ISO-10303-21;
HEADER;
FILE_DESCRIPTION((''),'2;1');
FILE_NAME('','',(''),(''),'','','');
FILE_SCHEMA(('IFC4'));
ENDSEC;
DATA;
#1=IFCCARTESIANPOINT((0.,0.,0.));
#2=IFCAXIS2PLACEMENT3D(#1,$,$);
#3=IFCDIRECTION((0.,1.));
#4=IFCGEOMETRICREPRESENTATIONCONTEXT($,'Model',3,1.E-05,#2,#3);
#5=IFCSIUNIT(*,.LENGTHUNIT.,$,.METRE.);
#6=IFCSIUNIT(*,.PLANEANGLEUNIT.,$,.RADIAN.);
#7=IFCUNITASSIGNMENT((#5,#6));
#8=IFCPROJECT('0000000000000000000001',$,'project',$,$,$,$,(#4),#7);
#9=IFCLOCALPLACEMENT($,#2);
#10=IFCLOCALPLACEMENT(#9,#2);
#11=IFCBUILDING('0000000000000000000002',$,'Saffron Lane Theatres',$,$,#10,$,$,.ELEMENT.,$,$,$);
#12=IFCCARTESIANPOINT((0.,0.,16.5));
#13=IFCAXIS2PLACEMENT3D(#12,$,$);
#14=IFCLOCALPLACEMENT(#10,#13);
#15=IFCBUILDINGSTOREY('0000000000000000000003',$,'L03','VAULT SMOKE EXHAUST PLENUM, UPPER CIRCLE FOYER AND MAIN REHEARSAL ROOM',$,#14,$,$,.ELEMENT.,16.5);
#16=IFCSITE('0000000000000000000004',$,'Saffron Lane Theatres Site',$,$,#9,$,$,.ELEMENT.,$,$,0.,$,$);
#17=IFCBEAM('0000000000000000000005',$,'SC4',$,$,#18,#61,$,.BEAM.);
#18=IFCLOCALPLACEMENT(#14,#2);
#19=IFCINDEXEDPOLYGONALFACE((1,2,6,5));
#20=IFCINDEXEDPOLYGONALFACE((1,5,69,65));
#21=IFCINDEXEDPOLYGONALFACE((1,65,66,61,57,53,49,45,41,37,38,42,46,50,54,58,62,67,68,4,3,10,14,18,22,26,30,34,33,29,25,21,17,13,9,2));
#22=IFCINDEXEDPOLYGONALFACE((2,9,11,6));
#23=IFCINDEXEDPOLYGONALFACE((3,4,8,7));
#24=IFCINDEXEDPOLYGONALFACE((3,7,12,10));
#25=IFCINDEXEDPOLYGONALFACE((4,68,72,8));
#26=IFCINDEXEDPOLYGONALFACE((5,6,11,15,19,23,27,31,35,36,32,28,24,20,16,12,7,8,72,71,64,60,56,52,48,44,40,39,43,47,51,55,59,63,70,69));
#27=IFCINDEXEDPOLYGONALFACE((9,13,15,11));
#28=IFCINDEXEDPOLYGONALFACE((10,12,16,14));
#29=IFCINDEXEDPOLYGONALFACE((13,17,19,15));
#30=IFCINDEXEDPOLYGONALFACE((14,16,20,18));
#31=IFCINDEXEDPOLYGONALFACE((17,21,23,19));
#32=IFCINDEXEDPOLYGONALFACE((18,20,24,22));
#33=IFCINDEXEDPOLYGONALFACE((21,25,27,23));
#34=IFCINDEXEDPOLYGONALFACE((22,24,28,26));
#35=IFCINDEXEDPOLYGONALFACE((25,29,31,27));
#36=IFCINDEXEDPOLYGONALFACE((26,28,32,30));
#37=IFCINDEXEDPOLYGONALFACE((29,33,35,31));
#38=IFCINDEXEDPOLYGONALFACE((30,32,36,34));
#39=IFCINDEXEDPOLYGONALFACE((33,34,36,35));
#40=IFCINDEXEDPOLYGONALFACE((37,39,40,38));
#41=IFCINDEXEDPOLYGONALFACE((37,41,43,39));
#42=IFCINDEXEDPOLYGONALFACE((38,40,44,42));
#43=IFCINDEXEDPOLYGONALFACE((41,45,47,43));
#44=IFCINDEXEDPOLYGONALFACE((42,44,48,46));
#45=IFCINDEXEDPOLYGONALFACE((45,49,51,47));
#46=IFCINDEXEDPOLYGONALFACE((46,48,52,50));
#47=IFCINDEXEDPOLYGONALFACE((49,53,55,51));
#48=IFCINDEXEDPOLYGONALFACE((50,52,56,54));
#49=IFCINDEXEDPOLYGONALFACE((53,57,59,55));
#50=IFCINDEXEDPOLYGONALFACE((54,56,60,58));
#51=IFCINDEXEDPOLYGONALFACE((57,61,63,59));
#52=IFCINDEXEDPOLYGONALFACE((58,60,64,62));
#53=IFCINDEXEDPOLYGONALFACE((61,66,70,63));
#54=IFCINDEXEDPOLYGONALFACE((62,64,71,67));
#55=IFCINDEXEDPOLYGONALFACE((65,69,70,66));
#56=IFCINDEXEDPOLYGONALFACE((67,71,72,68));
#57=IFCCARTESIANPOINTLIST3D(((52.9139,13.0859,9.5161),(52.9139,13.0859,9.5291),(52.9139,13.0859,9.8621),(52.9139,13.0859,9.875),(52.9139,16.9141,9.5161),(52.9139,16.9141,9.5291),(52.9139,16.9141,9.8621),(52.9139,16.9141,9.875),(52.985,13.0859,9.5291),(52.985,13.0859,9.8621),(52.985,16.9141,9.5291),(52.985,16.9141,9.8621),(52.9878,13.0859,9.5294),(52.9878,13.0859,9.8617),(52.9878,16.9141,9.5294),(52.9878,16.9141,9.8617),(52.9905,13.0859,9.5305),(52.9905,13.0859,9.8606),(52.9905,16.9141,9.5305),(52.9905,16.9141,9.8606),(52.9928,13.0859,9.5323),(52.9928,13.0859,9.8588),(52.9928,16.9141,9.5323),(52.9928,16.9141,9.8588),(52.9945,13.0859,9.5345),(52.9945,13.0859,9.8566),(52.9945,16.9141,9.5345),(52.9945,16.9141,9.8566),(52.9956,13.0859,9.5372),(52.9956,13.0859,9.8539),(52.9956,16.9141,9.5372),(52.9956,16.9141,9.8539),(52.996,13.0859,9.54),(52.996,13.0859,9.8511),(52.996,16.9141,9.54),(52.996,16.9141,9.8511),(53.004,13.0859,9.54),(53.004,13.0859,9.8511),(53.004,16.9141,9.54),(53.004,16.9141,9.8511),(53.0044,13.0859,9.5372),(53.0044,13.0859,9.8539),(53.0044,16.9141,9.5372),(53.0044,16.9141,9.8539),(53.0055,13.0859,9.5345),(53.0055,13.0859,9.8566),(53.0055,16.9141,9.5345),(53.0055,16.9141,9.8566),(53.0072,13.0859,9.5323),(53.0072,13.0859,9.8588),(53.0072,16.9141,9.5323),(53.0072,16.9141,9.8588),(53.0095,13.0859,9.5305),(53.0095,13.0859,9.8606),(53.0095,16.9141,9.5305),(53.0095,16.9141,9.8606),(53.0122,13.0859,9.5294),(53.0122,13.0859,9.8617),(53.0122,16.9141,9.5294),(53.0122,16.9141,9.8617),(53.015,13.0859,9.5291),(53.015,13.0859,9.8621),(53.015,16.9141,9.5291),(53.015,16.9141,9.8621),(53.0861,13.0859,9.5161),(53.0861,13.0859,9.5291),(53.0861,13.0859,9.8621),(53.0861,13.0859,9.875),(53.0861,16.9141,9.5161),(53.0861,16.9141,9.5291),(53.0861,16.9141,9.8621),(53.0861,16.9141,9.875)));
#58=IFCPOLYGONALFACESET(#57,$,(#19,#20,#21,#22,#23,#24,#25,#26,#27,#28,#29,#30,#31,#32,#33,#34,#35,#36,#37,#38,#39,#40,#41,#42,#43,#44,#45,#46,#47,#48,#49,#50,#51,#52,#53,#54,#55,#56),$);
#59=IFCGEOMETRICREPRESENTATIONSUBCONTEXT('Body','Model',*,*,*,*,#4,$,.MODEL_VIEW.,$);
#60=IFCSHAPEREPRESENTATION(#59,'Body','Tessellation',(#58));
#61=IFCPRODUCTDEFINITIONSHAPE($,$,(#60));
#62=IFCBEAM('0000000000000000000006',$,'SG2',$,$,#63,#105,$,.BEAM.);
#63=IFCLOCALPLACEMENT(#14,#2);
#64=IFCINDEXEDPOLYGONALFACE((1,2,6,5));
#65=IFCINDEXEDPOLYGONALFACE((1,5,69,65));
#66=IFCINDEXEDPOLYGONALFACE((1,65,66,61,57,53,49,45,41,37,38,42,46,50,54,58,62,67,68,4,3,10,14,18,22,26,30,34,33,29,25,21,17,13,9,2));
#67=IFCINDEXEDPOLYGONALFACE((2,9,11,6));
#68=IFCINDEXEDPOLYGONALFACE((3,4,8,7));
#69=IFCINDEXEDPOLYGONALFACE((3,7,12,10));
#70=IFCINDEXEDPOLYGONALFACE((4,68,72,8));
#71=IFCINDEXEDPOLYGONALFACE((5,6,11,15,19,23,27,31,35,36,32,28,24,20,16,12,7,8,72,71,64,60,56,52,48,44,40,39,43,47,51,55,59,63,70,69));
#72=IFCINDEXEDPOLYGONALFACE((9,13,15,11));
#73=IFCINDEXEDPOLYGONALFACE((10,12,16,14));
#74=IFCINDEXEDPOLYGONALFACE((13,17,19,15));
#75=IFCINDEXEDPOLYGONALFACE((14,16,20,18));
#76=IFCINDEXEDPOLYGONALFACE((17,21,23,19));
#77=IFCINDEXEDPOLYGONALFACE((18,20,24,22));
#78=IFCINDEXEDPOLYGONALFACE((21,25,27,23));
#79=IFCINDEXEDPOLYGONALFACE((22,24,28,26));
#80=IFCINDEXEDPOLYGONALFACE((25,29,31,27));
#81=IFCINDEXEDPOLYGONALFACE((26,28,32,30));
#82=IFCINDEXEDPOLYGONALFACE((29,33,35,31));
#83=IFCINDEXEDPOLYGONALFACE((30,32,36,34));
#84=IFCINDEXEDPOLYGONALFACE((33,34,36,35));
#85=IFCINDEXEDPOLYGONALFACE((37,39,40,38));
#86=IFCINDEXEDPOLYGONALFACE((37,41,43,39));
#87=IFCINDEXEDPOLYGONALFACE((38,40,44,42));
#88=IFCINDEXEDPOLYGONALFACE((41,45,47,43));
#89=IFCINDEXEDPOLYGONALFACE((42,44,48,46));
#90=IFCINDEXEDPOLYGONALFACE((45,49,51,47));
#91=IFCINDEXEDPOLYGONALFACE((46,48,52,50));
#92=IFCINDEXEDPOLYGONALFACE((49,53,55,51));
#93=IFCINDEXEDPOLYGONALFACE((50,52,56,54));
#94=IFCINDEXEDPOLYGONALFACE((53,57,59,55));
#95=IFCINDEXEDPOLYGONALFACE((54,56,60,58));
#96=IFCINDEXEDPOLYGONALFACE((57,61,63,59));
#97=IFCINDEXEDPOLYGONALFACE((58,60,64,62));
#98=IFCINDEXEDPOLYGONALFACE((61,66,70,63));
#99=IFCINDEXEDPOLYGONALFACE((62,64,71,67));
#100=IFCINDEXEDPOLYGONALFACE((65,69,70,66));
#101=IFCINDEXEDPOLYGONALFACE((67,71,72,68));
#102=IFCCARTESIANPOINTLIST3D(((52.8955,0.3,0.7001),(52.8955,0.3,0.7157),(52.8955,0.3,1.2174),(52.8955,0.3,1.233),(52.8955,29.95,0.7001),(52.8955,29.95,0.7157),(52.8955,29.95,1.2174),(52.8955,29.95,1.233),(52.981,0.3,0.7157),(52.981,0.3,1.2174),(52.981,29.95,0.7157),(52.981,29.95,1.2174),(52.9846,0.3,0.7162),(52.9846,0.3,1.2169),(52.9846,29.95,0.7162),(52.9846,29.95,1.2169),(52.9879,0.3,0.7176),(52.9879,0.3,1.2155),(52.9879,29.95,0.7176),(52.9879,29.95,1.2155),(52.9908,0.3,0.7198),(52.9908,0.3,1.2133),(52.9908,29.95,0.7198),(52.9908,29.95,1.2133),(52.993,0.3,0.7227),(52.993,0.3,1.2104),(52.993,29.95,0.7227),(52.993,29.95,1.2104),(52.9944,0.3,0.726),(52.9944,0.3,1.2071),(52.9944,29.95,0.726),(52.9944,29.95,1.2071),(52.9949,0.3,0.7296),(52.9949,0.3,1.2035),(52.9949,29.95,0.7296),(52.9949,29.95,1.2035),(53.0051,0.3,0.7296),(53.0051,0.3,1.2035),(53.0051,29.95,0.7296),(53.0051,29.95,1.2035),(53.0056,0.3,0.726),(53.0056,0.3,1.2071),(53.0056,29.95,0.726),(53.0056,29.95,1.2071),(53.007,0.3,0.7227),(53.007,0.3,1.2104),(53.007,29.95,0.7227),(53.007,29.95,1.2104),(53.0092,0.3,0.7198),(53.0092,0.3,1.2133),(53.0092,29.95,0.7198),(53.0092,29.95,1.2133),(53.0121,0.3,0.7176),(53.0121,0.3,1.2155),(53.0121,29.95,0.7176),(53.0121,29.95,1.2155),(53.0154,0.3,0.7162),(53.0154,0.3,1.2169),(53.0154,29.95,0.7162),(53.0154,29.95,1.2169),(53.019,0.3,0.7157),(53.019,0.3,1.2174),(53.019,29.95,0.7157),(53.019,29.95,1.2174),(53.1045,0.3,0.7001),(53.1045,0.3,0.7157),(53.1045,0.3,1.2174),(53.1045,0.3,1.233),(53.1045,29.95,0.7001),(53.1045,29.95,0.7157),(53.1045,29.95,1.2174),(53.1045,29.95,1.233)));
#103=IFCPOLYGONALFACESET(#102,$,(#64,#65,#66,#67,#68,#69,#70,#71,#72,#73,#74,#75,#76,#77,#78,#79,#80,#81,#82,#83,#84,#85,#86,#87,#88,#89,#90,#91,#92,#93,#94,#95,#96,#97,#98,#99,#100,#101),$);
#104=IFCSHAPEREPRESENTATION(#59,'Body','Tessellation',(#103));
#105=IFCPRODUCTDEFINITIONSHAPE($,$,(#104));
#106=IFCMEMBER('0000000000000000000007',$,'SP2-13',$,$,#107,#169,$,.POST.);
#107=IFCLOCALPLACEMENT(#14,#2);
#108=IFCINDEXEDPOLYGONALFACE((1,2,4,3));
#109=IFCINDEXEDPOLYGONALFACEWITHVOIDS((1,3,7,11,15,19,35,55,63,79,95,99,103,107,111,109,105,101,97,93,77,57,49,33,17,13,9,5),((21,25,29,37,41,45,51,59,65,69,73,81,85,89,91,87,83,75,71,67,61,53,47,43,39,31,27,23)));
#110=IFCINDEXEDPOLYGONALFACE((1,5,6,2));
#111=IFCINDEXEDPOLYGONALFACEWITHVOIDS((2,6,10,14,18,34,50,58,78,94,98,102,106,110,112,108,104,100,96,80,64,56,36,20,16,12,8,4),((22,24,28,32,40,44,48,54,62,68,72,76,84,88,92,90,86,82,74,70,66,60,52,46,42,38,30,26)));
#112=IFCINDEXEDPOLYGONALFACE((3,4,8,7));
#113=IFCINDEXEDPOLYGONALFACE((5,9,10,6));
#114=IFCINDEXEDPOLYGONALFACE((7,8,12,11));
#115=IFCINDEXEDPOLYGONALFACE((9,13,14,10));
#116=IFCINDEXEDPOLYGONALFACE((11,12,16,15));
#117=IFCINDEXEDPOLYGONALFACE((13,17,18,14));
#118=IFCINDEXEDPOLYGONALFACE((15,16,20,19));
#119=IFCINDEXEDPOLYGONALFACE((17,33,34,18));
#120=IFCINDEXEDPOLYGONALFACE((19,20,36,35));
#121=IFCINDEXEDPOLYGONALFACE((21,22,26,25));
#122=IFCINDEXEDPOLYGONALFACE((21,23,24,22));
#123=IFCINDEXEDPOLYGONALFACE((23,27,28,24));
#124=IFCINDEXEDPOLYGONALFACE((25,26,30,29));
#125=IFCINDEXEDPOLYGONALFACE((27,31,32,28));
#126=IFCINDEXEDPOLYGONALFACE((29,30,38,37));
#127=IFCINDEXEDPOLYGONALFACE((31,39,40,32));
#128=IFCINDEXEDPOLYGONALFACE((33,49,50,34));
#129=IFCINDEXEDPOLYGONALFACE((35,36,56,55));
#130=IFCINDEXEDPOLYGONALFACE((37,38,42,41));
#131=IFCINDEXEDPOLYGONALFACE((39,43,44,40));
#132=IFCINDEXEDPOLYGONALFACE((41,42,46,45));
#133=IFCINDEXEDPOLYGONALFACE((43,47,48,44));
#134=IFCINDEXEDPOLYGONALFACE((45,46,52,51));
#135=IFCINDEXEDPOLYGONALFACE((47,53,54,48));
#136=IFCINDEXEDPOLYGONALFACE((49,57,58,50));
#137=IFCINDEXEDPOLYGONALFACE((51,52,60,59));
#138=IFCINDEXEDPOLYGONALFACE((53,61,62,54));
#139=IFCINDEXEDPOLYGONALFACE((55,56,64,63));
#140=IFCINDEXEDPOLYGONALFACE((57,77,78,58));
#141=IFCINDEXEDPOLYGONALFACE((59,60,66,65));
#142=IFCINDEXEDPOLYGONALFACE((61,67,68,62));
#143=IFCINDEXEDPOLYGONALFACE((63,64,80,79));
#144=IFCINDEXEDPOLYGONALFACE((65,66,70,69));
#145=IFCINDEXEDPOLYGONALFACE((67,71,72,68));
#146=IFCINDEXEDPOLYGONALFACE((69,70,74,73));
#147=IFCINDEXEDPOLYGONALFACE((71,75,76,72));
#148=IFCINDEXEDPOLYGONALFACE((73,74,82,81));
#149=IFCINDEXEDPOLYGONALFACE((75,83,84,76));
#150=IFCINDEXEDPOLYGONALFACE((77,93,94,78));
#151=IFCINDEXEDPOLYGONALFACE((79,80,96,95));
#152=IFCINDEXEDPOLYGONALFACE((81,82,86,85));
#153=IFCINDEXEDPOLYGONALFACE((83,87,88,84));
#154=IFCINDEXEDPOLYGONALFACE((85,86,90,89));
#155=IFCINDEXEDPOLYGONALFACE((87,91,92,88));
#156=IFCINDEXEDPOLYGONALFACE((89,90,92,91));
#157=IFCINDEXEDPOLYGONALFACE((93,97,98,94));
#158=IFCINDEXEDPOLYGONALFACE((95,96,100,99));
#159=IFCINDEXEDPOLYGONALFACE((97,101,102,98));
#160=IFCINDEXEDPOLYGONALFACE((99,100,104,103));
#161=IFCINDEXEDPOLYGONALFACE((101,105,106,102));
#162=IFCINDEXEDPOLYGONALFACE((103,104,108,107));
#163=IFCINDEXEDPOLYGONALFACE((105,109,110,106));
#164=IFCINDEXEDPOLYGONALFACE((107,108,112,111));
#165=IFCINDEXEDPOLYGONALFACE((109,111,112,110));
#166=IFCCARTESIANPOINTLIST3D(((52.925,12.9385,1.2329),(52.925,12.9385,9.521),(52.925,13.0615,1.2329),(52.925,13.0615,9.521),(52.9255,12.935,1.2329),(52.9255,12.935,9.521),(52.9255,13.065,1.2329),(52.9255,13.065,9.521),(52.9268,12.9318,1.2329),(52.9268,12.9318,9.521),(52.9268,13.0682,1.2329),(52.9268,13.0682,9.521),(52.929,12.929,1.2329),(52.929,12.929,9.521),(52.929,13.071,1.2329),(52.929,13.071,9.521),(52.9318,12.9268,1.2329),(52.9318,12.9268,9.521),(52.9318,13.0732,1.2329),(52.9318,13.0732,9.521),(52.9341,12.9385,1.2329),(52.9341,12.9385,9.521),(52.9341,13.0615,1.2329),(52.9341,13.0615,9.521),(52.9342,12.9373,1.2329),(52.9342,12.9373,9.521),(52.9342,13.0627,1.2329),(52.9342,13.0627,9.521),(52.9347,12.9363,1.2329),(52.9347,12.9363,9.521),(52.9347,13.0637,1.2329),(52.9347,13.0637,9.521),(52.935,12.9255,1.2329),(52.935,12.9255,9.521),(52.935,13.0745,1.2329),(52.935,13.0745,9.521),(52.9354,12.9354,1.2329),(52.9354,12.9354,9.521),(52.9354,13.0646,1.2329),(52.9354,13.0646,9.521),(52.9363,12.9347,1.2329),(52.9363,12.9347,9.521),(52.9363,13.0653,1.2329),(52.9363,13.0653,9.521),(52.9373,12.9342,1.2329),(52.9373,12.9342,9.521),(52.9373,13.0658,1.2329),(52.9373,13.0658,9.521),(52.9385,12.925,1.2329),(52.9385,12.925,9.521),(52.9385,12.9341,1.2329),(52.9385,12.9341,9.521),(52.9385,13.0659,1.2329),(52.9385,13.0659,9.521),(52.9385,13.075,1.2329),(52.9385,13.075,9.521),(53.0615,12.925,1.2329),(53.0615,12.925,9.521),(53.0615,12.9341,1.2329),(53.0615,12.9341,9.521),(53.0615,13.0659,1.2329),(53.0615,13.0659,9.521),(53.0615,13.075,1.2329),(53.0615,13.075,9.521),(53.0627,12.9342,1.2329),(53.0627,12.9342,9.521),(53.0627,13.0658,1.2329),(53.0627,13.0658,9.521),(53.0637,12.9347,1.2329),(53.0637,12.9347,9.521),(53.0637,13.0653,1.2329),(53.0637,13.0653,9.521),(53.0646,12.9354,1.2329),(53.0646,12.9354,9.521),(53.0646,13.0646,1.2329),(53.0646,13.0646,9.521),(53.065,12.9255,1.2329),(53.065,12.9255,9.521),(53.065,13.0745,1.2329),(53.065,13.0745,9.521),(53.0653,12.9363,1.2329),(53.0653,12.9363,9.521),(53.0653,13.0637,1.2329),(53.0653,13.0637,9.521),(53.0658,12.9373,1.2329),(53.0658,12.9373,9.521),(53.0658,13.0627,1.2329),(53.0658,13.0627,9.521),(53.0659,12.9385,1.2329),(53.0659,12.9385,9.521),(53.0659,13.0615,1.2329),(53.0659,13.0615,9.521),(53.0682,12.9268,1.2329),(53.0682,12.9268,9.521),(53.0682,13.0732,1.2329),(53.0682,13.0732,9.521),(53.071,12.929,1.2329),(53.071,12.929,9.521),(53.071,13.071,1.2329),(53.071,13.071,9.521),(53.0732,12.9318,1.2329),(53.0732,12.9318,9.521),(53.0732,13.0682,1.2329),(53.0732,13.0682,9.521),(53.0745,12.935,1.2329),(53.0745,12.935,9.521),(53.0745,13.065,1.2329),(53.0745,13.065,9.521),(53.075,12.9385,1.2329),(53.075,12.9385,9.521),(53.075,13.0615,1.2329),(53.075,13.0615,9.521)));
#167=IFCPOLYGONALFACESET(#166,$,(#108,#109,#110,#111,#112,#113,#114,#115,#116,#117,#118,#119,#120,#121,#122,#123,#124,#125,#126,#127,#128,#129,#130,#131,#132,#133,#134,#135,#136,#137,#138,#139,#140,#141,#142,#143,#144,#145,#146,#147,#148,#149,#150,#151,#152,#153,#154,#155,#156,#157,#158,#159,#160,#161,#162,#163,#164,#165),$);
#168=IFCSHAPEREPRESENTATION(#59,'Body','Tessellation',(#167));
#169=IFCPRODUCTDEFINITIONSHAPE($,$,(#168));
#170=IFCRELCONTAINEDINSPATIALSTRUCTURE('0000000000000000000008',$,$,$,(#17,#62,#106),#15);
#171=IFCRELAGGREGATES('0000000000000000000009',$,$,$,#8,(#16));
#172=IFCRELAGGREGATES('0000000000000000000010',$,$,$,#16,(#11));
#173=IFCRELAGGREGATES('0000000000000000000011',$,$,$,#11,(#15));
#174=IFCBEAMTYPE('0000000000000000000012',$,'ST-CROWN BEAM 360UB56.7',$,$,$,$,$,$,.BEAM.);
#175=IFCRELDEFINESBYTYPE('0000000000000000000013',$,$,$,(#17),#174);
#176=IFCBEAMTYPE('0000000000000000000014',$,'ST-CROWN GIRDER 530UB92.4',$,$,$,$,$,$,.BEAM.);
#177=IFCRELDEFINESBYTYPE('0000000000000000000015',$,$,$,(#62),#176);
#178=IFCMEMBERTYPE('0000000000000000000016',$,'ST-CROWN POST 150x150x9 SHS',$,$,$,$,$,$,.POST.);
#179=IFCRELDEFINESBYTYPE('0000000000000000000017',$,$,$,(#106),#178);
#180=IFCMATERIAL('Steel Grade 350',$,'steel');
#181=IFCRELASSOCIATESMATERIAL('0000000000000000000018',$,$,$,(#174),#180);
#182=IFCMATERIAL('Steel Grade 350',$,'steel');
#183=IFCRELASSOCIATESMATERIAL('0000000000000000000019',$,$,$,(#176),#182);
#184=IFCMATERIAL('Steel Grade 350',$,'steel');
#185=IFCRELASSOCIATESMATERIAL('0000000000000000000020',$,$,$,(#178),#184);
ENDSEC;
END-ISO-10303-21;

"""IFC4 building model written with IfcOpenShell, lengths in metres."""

from ifc_helpers import new_model, si_unit, direction, frame, origin, origin_2d, place, context, subcontext, project, spatial, hollow_rectangle, i_section, extrude, material, material_profile, profile_set, type_object, element, save


model = new_model("IFC4")

# Units and contexts
model_context = context("Model", 3, precision=1e-05, world=origin(), true_north=direction((0.0, 1.0)))
body_context = subcontext(model_context, "Body", "Model", "MODEL_VIEW")
ifc_project = project(units=[si_unit("LENGTHUNIT", "METRE"), si_unit("PLANEANGLEUNIT", "RADIAN")], contexts=[model_context])

# Site, building, storey
site_placement = place(None, origin())
site = spatial("IfcSite", under=ifc_project, at=site_placement, Name="Saffron Lane Theatres Site", CompositionType="ELEMENT", RefElevation=0.0)
building_placement = place(site_placement, origin())
building = spatial("IfcBuilding", under=site, at=building_placement, Name="Saffron Lane Theatres", CompositionType="ELEMENT")
storey_placement = place(building_placement, frame((0.0, 0.0, 16.5)))
storey = spatial("IfcBuildingStorey", under=building, at=storey_placement, Name="L03", Description="VAULT SMOKE EXHAUST PLENUM, UPPER CIRCLE FOYER AND MAIN REHEARSAL ROOM", CompositionType="ELEMENT", Elevation=16.5)

# Beams
ifc_material_1 = material(Name="Steel Grade 350", Category="steel")
ifc_material_profile_1 = material_profile(ifc_material_1, i_section(OverallWidth=0.1721, OverallDepth=0.3589, WebThickness=0.0081, FlangeThickness=0.0129, FilletRadius=0.011, at=origin_2d()))
ifc_profile_set_1 = profile_set([ifc_material_profile_1], Name="Steel Grade 350")
beam_type_1 = type_object("IfcBeamType", Name="ST-CROWN BEAM 360UB56.7", PredefinedType="BEAM", material=ifc_profile_set_1)
beam_1_placement = place(storey_placement, frame((53.0, 13.0859, 9.6956), z_axis=(0.0, 1.0, 0.0), x_axis=(-1.0, 0.0, 0.0)))
element("IfcBeam", 1, at=beam_1_placement, inside=storey, type_object=beam_type_1, Name="SC4", PredefinedType="BEAM", context=body_context, shape_type="SweptSolid", body=[
    extrude(i_section(OverallWidth=0.1721, OverallDepth=0.3589, WebThickness=0.0081, FlangeThickness=0.0129, FilletRadius=0.011, at=origin_2d()), origin(), (0.0, 0.0, 1.0), 3.8281),
])
ifc_material_2 = material(Name="Steel Grade 350", Category="steel")
ifc_material_profile_2 = material_profile(ifc_material_2, i_section(OverallWidth=0.209, OverallDepth=0.533, WebThickness=0.0103, FlangeThickness=0.0156, FilletRadius=0.0139, at=origin_2d()))
ifc_profile_set_2 = profile_set([ifc_material_profile_2], Name="Steel Grade 350")
beam_type_2 = type_object("IfcBeamType", Name="ST-CROWN GIRDER 530UB92.4", PredefinedType="BEAM", material=ifc_profile_set_2)
beam_2_placement = place(storey_placement, frame((53.0, 0.3, 0.9666), z_axis=(0.0, 1.0, 0.0), x_axis=(-1.0, 0.0, 0.0)))
element("IfcBeam", 2, at=beam_2_placement, inside=storey, type_object=beam_type_2, Name="SG2", PredefinedType="BEAM", context=body_context, shape_type="SweptSolid", body=[
    extrude(i_section(OverallWidth=0.209, OverallDepth=0.533, WebThickness=0.0103, FlangeThickness=0.0156, FilletRadius=0.0139, at=origin_2d()), origin(), (0.0, 0.0, 1.0), 29.6499),
])

# Member
ifc_material_3 = material(Name="Steel Grade 350", Category="steel")
ifc_material_profile_3 = material_profile(ifc_material_3, hollow_rectangle(XDim=0.1499, YDim=0.1499, WallThickness=0.009, InnerFilletRadius=0.0044, OuterFilletRadius=0.0134, at=origin_2d()))
ifc_profile_set_3 = profile_set([ifc_material_profile_3], Name="Steel Grade 350")
member_type_1 = type_object("IfcMemberType", Name="ST-CROWN POST 150x150x9 SHS", PredefinedType="POST", material=ifc_profile_set_3)
for number, where, z_axis, x_axis, name in (
    (3, (53.0, 13.0, 1.2329), (0.0, 0.0, 1.0), (1.0, 0.0, 0.0), "SP2-13"),
):
    element("IfcMember", number, at=place(storey_placement, frame(where, z_axis=z_axis, x_axis=x_axis)), inside=storey, type_object=member_type_1, Name=name, PredefinedType="POST", context=body_context, shape_type="SweptSolid", body=[
        extrude(hollow_rectangle(XDim=0.1499, YDim=0.1499, WallThickness=0.009, InnerFilletRadius=0.0044, OuterFilletRadius=0.0134, at=origin_2d()), origin(), (0.0, 0.0, 1.0), 8.2881),
    ])

save(model, "model.ifc")
